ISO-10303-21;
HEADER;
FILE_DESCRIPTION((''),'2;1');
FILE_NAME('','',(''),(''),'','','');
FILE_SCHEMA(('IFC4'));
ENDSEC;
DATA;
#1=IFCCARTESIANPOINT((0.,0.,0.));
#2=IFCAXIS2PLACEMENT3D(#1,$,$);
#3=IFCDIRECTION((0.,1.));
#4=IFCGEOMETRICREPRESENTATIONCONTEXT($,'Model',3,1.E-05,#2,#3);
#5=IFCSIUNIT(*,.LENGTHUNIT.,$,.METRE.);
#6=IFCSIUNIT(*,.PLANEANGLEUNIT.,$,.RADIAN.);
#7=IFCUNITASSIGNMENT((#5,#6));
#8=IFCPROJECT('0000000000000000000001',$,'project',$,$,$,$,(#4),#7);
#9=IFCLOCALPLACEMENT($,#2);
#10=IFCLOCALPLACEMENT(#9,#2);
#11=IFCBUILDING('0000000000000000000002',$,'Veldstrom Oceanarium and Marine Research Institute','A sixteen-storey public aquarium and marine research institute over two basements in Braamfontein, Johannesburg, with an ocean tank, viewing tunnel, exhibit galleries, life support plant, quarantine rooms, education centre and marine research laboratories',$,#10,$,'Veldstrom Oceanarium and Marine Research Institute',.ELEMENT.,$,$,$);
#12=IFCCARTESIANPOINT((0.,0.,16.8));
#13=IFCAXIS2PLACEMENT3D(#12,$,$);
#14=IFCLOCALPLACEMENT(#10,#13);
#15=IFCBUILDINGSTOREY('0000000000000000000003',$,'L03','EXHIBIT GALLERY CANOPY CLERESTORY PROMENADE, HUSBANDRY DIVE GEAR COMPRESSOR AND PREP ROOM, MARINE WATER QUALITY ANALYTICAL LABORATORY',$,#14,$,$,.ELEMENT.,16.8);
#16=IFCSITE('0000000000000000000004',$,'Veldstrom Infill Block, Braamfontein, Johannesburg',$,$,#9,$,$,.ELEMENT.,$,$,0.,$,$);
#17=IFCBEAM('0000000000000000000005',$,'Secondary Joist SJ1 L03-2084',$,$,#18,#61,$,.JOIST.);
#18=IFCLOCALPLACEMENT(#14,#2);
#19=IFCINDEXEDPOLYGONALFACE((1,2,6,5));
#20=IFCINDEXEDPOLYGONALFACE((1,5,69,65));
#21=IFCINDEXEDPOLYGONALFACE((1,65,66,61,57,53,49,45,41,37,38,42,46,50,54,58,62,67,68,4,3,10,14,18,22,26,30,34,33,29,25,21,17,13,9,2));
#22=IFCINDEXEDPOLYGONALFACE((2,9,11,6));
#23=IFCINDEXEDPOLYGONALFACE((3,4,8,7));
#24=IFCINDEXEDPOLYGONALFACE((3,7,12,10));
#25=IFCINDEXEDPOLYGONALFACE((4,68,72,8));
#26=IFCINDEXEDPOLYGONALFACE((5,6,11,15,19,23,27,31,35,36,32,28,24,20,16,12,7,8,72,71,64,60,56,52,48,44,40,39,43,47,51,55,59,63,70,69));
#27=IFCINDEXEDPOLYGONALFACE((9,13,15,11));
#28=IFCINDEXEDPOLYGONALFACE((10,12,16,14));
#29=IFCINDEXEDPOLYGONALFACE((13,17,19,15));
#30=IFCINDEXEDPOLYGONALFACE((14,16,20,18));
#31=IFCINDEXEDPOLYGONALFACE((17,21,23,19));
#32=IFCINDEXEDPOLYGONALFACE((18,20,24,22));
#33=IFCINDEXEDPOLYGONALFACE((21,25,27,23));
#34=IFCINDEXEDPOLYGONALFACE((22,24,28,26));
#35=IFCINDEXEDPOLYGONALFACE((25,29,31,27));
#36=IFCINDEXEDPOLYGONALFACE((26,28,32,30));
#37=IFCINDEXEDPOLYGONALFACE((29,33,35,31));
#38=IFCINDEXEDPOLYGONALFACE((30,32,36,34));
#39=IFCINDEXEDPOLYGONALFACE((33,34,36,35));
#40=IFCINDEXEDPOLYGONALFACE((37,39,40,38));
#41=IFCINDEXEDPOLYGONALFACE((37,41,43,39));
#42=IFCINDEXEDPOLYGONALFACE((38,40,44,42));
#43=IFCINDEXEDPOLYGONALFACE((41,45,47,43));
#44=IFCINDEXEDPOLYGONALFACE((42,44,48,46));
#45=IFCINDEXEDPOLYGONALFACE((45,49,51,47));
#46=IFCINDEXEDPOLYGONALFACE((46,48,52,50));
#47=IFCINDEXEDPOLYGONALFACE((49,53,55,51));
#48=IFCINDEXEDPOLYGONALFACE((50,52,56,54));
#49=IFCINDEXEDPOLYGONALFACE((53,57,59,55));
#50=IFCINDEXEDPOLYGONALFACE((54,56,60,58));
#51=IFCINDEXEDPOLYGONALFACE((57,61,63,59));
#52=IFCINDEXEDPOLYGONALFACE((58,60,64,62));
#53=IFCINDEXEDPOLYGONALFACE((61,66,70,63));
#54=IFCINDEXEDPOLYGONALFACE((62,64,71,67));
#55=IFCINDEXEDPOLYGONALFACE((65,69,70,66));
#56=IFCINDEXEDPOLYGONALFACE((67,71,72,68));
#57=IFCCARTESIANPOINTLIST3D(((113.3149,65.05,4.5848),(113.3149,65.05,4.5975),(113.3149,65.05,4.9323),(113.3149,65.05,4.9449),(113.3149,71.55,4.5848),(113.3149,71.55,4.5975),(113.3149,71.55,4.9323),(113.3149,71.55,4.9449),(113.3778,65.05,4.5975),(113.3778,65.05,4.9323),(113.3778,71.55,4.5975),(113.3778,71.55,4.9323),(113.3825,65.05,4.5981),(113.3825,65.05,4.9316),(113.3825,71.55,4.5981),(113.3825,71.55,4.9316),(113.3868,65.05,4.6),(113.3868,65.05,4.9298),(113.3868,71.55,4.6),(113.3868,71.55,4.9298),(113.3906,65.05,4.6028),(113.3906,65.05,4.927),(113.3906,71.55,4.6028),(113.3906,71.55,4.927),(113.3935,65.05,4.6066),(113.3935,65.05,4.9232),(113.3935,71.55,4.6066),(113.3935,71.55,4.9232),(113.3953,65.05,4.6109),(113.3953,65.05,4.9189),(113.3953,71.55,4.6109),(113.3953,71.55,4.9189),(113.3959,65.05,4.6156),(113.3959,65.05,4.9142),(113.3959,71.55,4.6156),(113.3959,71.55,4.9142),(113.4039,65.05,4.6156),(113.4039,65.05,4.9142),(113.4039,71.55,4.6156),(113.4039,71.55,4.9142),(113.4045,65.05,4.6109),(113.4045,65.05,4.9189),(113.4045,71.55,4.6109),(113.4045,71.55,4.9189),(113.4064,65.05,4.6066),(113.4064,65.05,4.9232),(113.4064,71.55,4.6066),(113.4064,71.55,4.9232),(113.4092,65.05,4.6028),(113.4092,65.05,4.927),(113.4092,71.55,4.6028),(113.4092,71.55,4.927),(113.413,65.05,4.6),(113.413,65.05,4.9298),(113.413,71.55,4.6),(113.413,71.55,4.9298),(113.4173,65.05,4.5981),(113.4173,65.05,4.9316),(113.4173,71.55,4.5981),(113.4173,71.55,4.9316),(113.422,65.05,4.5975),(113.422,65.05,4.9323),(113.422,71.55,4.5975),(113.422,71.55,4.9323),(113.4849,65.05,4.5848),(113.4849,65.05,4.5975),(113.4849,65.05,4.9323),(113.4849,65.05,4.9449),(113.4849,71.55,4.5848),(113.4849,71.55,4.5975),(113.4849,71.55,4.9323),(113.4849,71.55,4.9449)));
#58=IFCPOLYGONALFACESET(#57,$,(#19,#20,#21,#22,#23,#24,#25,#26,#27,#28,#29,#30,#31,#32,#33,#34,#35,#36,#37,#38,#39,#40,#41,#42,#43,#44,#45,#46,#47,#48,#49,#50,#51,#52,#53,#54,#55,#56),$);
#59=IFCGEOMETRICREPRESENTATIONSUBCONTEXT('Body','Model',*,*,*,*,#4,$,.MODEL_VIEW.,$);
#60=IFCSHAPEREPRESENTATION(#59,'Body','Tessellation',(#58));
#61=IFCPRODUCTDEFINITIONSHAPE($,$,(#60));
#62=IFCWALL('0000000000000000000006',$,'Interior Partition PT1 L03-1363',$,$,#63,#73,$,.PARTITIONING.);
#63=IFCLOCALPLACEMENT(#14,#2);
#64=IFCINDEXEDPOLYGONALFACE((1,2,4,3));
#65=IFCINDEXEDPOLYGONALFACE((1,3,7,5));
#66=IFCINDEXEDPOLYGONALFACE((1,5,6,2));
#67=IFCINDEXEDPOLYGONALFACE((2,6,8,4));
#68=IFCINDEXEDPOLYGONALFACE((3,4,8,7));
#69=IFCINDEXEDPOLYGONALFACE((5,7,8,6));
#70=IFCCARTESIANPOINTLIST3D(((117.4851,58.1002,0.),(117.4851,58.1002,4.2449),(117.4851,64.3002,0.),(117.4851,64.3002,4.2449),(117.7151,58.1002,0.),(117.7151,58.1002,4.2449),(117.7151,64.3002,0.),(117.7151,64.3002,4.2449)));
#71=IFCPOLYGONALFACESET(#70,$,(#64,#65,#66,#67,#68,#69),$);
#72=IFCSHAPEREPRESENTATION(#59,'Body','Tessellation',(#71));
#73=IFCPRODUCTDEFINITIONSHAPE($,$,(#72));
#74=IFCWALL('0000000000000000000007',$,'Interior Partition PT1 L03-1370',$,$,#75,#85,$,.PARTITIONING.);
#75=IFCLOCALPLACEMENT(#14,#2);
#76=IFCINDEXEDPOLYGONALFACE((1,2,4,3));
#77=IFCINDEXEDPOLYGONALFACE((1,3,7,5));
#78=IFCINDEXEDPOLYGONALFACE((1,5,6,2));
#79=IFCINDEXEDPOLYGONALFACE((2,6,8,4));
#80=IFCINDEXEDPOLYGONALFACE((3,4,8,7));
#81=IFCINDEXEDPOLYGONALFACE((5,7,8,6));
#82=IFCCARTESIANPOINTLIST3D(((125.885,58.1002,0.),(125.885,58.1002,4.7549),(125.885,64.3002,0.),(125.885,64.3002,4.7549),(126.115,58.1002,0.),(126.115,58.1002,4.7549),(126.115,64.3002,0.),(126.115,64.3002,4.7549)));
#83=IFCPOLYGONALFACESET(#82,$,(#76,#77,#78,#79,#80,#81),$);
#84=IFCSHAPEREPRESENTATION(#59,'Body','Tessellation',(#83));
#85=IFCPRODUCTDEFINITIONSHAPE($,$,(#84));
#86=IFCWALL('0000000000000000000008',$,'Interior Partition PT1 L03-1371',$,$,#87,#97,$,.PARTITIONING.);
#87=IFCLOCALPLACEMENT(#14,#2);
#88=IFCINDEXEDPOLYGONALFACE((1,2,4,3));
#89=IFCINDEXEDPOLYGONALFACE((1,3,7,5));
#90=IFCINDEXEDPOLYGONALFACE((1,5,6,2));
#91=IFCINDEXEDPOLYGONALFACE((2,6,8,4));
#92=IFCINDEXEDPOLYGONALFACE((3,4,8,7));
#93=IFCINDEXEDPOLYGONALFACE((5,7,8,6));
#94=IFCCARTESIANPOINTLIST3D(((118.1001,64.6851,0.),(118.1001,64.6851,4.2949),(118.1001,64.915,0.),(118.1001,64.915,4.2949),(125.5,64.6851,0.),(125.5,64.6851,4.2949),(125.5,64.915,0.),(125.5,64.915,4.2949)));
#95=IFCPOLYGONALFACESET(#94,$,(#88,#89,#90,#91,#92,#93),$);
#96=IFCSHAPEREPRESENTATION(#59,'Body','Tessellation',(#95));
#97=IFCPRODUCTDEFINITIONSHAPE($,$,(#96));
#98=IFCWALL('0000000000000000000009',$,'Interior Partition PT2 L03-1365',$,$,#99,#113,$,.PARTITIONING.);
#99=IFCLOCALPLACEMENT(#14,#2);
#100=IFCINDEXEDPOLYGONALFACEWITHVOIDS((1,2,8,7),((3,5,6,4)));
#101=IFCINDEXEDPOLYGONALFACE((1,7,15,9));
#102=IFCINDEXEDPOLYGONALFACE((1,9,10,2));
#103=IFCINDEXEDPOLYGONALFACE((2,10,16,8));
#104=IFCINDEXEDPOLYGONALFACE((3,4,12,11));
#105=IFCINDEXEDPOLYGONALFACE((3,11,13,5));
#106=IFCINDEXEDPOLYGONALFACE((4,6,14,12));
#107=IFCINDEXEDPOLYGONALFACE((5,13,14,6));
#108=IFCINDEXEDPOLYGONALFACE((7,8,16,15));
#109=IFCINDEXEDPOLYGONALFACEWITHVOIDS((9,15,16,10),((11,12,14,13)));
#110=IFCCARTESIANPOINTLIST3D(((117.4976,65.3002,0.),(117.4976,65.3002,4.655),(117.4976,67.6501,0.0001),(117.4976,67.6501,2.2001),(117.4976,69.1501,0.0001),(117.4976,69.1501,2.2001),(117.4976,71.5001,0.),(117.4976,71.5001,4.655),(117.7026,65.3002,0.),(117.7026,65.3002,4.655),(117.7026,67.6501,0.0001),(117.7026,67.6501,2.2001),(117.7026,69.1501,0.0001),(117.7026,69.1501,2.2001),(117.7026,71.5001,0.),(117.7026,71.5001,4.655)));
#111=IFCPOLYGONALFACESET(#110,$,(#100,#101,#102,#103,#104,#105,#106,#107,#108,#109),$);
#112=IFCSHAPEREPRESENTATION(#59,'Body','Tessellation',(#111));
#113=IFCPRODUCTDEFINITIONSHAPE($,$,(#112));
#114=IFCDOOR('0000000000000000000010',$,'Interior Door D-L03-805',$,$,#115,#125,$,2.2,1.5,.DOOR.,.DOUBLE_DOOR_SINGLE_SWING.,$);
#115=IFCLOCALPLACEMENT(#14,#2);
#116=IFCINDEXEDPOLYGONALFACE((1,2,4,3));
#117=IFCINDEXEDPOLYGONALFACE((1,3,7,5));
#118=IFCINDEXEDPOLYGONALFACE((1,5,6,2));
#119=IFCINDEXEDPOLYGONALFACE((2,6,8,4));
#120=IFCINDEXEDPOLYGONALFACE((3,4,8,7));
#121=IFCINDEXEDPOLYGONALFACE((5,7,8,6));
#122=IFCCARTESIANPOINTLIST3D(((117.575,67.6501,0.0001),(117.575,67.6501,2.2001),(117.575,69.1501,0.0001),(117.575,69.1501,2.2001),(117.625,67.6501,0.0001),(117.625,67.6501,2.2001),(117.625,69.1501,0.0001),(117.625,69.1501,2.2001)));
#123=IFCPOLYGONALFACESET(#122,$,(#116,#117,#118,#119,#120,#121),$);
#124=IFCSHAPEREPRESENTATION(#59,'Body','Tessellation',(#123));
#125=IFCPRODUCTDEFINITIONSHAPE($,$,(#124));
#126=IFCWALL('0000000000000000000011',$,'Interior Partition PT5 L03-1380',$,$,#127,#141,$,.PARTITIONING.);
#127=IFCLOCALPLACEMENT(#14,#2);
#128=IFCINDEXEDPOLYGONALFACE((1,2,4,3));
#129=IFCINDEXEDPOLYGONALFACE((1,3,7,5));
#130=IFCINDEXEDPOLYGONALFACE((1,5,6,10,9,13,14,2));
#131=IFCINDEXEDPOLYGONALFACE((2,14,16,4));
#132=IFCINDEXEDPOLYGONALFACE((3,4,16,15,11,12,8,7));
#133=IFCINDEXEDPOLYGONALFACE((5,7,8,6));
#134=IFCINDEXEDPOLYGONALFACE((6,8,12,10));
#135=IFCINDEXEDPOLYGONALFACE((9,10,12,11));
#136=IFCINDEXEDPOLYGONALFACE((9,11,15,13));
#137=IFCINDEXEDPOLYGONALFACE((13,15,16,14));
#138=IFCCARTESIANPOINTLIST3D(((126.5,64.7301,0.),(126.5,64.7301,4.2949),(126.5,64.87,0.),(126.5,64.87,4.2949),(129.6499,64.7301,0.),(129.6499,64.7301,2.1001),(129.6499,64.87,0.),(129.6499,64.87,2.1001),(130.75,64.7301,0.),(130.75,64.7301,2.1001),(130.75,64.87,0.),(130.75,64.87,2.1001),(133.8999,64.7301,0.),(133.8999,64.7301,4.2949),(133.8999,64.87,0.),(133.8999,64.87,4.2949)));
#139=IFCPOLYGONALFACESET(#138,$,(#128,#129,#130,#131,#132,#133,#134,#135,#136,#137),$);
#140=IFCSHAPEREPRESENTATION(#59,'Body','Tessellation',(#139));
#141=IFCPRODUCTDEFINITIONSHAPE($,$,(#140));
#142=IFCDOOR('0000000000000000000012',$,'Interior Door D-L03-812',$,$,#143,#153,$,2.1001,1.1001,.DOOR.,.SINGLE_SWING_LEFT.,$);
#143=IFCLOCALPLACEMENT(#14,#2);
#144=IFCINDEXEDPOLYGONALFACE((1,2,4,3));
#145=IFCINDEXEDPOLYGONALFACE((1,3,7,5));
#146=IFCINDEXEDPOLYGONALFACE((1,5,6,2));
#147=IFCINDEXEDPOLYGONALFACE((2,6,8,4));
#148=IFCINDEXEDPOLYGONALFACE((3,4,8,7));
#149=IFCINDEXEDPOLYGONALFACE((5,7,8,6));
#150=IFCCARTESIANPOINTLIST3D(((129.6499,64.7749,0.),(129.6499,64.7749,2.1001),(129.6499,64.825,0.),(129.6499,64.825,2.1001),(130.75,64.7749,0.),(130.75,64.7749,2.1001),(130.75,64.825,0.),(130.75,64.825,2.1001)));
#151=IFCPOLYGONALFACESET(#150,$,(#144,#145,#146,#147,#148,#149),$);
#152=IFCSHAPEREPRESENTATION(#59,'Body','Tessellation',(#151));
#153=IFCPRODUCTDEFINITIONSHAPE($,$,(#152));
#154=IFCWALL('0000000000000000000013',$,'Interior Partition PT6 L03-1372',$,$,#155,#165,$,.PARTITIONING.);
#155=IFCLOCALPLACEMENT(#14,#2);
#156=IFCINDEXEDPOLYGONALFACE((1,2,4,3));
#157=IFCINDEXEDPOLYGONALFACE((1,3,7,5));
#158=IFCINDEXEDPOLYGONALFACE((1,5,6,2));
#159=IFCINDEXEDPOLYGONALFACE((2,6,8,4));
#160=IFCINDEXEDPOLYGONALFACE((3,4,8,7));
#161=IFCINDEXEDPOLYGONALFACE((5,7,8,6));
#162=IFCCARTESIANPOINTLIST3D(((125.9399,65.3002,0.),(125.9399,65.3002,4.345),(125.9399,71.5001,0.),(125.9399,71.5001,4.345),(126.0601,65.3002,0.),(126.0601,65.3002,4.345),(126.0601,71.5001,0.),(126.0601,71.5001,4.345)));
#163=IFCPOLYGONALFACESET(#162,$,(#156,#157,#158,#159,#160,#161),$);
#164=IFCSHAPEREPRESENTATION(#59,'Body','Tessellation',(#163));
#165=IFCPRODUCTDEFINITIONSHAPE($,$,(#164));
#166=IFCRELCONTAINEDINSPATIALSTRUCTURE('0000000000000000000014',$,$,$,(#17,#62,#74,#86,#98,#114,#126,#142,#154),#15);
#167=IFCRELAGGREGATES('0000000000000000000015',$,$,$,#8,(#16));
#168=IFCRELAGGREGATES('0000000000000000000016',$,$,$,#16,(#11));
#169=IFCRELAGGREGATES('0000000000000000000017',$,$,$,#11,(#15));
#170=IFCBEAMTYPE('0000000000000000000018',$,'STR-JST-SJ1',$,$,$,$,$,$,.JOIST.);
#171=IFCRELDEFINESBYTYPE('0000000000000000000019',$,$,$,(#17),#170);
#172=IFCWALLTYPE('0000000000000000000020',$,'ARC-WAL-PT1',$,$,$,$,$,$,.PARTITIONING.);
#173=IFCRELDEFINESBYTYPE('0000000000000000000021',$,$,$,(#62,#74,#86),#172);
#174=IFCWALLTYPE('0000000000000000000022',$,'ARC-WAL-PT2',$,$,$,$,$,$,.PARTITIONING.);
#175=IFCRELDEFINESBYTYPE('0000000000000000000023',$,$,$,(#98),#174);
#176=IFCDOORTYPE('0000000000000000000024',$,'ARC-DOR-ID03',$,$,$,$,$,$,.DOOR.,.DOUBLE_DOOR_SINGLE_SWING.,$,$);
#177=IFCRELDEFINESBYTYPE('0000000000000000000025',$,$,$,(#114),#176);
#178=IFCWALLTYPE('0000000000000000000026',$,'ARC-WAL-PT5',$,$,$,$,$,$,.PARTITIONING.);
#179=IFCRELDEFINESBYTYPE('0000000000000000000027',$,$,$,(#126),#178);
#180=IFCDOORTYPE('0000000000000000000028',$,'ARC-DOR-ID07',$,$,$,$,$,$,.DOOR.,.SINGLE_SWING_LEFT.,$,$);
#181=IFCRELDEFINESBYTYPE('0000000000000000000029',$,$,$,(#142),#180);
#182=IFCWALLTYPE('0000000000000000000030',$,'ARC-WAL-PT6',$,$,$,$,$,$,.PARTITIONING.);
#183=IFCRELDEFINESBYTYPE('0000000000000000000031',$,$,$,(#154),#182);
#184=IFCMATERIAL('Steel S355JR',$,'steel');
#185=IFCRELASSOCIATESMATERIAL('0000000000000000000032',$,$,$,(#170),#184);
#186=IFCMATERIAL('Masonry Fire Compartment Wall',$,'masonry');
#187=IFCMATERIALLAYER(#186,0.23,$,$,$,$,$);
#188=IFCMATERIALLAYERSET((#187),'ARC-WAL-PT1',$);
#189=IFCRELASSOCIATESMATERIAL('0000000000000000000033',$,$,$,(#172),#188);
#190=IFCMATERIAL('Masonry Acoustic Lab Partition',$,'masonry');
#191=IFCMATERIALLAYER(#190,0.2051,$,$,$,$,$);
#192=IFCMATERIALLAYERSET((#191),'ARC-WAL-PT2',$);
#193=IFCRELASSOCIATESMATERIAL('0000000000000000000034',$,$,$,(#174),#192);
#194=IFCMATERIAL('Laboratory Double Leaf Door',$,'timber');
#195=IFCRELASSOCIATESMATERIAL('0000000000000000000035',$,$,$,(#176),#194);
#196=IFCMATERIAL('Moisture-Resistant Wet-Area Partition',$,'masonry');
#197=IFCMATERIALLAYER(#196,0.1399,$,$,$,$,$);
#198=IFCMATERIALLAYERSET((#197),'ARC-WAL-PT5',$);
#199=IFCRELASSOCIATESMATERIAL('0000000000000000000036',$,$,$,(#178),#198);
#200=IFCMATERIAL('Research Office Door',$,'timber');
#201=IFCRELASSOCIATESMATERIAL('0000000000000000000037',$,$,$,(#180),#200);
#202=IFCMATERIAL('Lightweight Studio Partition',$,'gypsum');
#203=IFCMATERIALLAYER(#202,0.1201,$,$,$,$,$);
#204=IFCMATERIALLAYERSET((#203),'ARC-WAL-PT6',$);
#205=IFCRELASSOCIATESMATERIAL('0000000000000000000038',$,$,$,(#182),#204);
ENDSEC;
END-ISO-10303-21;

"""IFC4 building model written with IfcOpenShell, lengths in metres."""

from ifc_helpers import new_model, si_unit, direction, frame, frame_2d, origin, origin_2d, place, context, subcontext, project, spatial, rectangle, i_section, extrude, material, layer, layer_set, material_profile, profile_set, type_object, element, fill, save


model = new_model("IFC4")

# Units and contexts
model_context = context("Model", 3, precision=1e-05, world=origin(), true_north=direction((0.0, 1.0)))
body_context = subcontext(model_context, "Body", "Model", "MODEL_VIEW")
ifc_project = project(units=[si_unit("LENGTHUNIT", "METRE"), si_unit("PLANEANGLEUNIT", "RADIAN")], contexts=[model_context])

# Site, building, storey
site_placement = place(None, origin())
site = spatial("IfcSite", under=ifc_project, at=site_placement, Name="Veldstrom Infill Block, Braamfontein, Johannesburg", CompositionType="ELEMENT", RefElevation=0.0)
building_placement = place(site_placement, origin())
building = spatial("IfcBuilding", under=site, at=building_placement, Name="Veldstrom Oceanarium and Marine Research Institute", Description="A sixteen-storey public aquarium and marine research institute over two basements in Braamfontein, Johannesburg, with an ocean tank, viewing tunnel, exhibit galleries, life support plant, quarantine rooms, education centre and marine research laboratories", LongName="Veldstrom Oceanarium and Marine Research Institute", CompositionType="ELEMENT")
storey_placement = place(building_placement, frame((0.0, 0.0, 16.8)))
storey = spatial("IfcBuildingStorey", under=building, at=storey_placement, Name="L03", Description="EXHIBIT GALLERY CANOPY CLERESTORY PROMENADE, HUSBANDRY DIVE GEAR COMPRESSOR AND PREP ROOM, MARINE WATER QUALITY ANALYTICAL LABORATORY", CompositionType="ELEMENT", Elevation=16.8)

# Beam
ifc_material_1 = material(Name="Steel S355JR", Category="steel")
ifc_material_profile_1 = material_profile(ifc_material_1, i_section(OverallWidth=0.1699, OverallDepth=0.3601, WebThickness=0.0081, FlangeThickness=0.0127, FilletRadius=0.0181, at=origin_2d()), Name="IPE 360")
ifc_profile_set_1 = profile_set([ifc_material_profile_1], Name="Steel S355JR")
beam_type_1 = type_object("IfcBeamType", Name="STR-JST-SJ1", PredefinedType="JOIST", material=ifc_profile_set_1)
beam_1_placement = place(storey_placement, frame((113.3999, 65.05, 4.7649), z_axis=(0.0, 1.0, 0.0), x_axis=(-1.0, 0.0, 0.0)))
element("IfcBeam", 1, at=beam_1_placement, inside=storey, type_object=beam_type_1, Name="Secondary Joist SJ1 L03-2084", PredefinedType="JOIST", context=body_context, shape_type="SweptSolid", body=[
    extrude(i_section(OverallWidth=0.1699, OverallDepth=0.3601, WebThickness=0.0081, FlangeThickness=0.0127, FilletRadius=0.0181, at=origin_2d()), origin(), (0.0, 0.0, 1.0), 6.5),
])

# Walls
ifc_material_2 = material(Name="Masonry Fire Compartment Wall", Category="masonry")
ifc_layer_1 = layer(ifc_material_2, 0.23)
ifc_layer_set_1 = layer_set([ifc_layer_1], Name="ARC-WAL-PT1")
wall_type_1 = type_object("IfcWallType", Name="ARC-WAL-PT1", PredefinedType="PARTITIONING", material=ifc_layer_set_1)
wall_1_placement = place(storey_placement, frame((117.6001, 58.1001, 0.0), z_axis=(0.0, 0.0, 1.0), x_axis=(0.0, 1.0, 0.0)))
element("IfcWall", 2, at=wall_1_placement, inside=storey, type_object=wall_type_1, Name="Interior Partition PT1 L03-1363", PredefinedType="PARTITIONING", context=body_context, shape_type="SweptSolid", body=[
    extrude(rectangle(XDim=6.2, YDim=0.23, at=frame_2d((3.1001, 0.0))), origin(), (0.0, 0.0, 1.0), 4.2449),
])
wall_2_placement = place(storey_placement, frame((126.0, 58.1001, 0.0), z_axis=(0.0, 0.0, 1.0), x_axis=(0.0, 1.0, 0.0)))
element("IfcWall", 3, at=wall_2_placement, inside=storey, type_object=wall_type_1, Name="Interior Partition PT1 L03-1370", PredefinedType="PARTITIONING", context=body_context, shape_type="SweptSolid", body=[
    extrude(rectangle(XDim=6.2, YDim=0.23, at=frame_2d((3.1001, 0.0))), origin(), (0.0, 0.0, 1.0), 4.7549),
])
wall_3_placement = place(storey_placement, frame((118.1001, 64.8, 0.0), z_axis=(0.0, 0.0, 1.0), x_axis=(1.0, 0.0, 0.0)))
element("IfcWall", 4, at=wall_3_placement, inside=storey, type_object=wall_type_1, Name="Interior Partition PT1 L03-1371", PredefinedType="PARTITIONING", context=body_context, shape_type="SweptSolid", body=[
    extrude(rectangle(XDim=7.3999, YDim=0.23, at=frame_2d((3.7, 0.0))), origin(), (0.0, 0.0, 1.0), 4.2949),
])

# Walls, openings, doors
ifc_material_3 = material(Name="Masonry Acoustic Lab Partition", Category="masonry")
ifc_layer_2 = layer(ifc_material_3, 0.2051)
ifc_layer_set_2 = layer_set([ifc_layer_2], Name="ARC-WAL-PT2")
wall_type_2 = type_object("IfcWallType", Name="ARC-WAL-PT2", PredefinedType="PARTITIONING", material=ifc_layer_set_2)
wall_4_placement = place(storey_placement, frame((117.6001, 65.3, 0.0), z_axis=(0.0, 0.0, 1.0), x_axis=(0.0, 1.0, 0.0)))
wall_4 = element("IfcWall", 5, at=wall_4_placement, inside=storey, type_object=wall_type_2, Name="Interior Partition PT2 L03-1365", PredefinedType="PARTITIONING", context=body_context, shape_type="SweptSolid", body=[
    extrude(rectangle(XDim=6.2, YDim=0.2051, at=frame_2d((3.1001, 0.0))), origin(), (0.0, 0.0, 1.0), 4.655),
])
opening_1_placement = place(wall_4_placement, frame((2.3501, 0.0, 0.0)))
opening_1 = element("IfcOpeningElement", 6, at=opening_1_placement, cuts=wall_4, PredefinedType="OPENING", context=body_context, shape_type="SweptSolid", body=[
    extrude(rectangle(XDim=1.5, YDim=2.2, at=frame_2d((0.75, 1.1001))), frame((0.0, 0.1125, 0.0), z_axis=(0.0, -1.0, 0.0), x_axis=(1.0, 0.0, 0.0)), (0.0, 0.0, 1.0), 0.2251),
])
ifc_material_4 = material(Name="Laboratory Double Leaf Door", Category="timber")
door_type_1 = type_object("IfcDoorType", Name="ARC-DOR-ID03", OperationType="DOUBLE_DOOR_SINGLE_SWING", PredefinedType="DOOR", material=ifc_material_4)
door_1_placement = place(opening_1_placement, frame((1.5, 0.0, 0.0), z_axis=(0.0, 0.0, 1.0), x_axis=(-1.0, 0.0, 0.0)))
door_1 = element("IfcDoor", 7, at=door_1_placement, inside=storey, type_object=door_type_1, Name="Interior Door D-L03-805", OperationType="DOUBLE_DOOR_SINGLE_SWING", OverallHeight=2.2, OverallWidth=1.5, PredefinedType="DOOR", context=body_context, shape_type="SweptSolid", body=[
    extrude(rectangle(XDim=1.5, YDim=2.2, at=frame_2d((0.75, 1.1001))), frame((0.0, 0.0249, 0.0), z_axis=(0.0, -1.0, 0.0), x_axis=(1.0, 0.0, 0.0)), (0.0, 0.0, 1.0), 0.05),
])
fill(opening_1, door_1)
ifc_material_5 = material(Name="Moisture-Resistant Wet-Area Partition", Category="masonry")
ifc_layer_3 = layer(ifc_material_5, 0.1399)
ifc_layer_set_3 = layer_set([ifc_layer_3], Name="ARC-WAL-PT5")
wall_type_3 = type_object("IfcWallType", Name="ARC-WAL-PT5", PredefinedType="PARTITIONING", material=ifc_layer_set_3)
wall_5_placement = place(storey_placement, frame((126.5, 64.8, 0.0), z_axis=(0.0, 0.0, 1.0), x_axis=(1.0, 0.0, 0.0)))
wall_5 = element("IfcWall", 8, at=wall_5_placement, inside=storey, type_object=wall_type_3, Name="Interior Partition PT5 L03-1380", PredefinedType="PARTITIONING", context=body_context, shape_type="SweptSolid", body=[
    extrude(rectangle(XDim=7.3999, YDim=0.1399, at=frame_2d((3.7, 0.0))), origin(), (0.0, 0.0, 1.0), 4.2949),
])
opening_2_placement = place(wall_5_placement, frame((3.1499, 0.0, 0.0)))
opening_2 = element("IfcOpeningElement", 9, at=opening_2_placement, cuts=wall_5, PredefinedType="OPENING", context=body_context, shape_type="SweptSolid", body=[
    extrude(rectangle(XDim=1.1001, YDim=2.1001, at=frame_2d((0.55, 1.05))), frame((0.0, 0.0798, 0.0), z_axis=(0.0, -1.0, 0.0), x_axis=(1.0, 0.0, 0.0)), (0.0, 0.0, 1.0), 0.1599),
])
ifc_material_6 = material(Name="Research Office Door", Category="timber")
door_type_2 = type_object("IfcDoorType", Name="ARC-DOR-ID07", OperationType="SINGLE_SWING_LEFT", PredefinedType="DOOR", material=ifc_material_6)
door_2_placement = place(opening_2_placement, origin())
door_2 = element("IfcDoor", 10, at=door_2_placement, inside=storey, type_object=door_type_2, Name="Interior Door D-L03-812", OperationType="SINGLE_SWING_LEFT", OverallHeight=2.1001, OverallWidth=1.1001, PredefinedType="DOOR", context=body_context, shape_type="SweptSolid", body=[
    extrude(rectangle(XDim=1.1001, YDim=2.1001, at=frame_2d((0.55, 1.05))), frame((0.0, 0.0249, 0.0), z_axis=(0.0, -1.0, 0.0), x_axis=(1.0, 0.0, 0.0)), (0.0, 0.0, 1.0), 0.05),
])
fill(opening_2, door_2)

# Wall
ifc_material_7 = material(Name="Lightweight Studio Partition", Category="gypsum")
ifc_layer_4 = layer(ifc_material_7, 0.1201)
ifc_layer_set_4 = layer_set([ifc_layer_4], Name="ARC-WAL-PT6")
wall_type_4 = type_object("IfcWallType", Name="ARC-WAL-PT6", PredefinedType="PARTITIONING", material=ifc_layer_set_4)
wall_6_placement = place(storey_placement, frame((126.0, 65.3, 0.0), z_axis=(0.0, 0.0, 1.0), x_axis=(0.0, 1.0, 0.0)))
element("IfcWall", 11, at=wall_6_placement, inside=storey, type_object=wall_type_4, Name="Interior Partition PT6 L03-1372", PredefinedType="PARTITIONING", context=body_context, shape_type="SweptSolid", body=[
    extrude(rectangle(XDim=6.2, YDim=0.1201, at=frame_2d((3.1001, 0.0))), origin(), (0.0, 0.0, 1.0), 4.345),
])

save(model, "model.ifc")
